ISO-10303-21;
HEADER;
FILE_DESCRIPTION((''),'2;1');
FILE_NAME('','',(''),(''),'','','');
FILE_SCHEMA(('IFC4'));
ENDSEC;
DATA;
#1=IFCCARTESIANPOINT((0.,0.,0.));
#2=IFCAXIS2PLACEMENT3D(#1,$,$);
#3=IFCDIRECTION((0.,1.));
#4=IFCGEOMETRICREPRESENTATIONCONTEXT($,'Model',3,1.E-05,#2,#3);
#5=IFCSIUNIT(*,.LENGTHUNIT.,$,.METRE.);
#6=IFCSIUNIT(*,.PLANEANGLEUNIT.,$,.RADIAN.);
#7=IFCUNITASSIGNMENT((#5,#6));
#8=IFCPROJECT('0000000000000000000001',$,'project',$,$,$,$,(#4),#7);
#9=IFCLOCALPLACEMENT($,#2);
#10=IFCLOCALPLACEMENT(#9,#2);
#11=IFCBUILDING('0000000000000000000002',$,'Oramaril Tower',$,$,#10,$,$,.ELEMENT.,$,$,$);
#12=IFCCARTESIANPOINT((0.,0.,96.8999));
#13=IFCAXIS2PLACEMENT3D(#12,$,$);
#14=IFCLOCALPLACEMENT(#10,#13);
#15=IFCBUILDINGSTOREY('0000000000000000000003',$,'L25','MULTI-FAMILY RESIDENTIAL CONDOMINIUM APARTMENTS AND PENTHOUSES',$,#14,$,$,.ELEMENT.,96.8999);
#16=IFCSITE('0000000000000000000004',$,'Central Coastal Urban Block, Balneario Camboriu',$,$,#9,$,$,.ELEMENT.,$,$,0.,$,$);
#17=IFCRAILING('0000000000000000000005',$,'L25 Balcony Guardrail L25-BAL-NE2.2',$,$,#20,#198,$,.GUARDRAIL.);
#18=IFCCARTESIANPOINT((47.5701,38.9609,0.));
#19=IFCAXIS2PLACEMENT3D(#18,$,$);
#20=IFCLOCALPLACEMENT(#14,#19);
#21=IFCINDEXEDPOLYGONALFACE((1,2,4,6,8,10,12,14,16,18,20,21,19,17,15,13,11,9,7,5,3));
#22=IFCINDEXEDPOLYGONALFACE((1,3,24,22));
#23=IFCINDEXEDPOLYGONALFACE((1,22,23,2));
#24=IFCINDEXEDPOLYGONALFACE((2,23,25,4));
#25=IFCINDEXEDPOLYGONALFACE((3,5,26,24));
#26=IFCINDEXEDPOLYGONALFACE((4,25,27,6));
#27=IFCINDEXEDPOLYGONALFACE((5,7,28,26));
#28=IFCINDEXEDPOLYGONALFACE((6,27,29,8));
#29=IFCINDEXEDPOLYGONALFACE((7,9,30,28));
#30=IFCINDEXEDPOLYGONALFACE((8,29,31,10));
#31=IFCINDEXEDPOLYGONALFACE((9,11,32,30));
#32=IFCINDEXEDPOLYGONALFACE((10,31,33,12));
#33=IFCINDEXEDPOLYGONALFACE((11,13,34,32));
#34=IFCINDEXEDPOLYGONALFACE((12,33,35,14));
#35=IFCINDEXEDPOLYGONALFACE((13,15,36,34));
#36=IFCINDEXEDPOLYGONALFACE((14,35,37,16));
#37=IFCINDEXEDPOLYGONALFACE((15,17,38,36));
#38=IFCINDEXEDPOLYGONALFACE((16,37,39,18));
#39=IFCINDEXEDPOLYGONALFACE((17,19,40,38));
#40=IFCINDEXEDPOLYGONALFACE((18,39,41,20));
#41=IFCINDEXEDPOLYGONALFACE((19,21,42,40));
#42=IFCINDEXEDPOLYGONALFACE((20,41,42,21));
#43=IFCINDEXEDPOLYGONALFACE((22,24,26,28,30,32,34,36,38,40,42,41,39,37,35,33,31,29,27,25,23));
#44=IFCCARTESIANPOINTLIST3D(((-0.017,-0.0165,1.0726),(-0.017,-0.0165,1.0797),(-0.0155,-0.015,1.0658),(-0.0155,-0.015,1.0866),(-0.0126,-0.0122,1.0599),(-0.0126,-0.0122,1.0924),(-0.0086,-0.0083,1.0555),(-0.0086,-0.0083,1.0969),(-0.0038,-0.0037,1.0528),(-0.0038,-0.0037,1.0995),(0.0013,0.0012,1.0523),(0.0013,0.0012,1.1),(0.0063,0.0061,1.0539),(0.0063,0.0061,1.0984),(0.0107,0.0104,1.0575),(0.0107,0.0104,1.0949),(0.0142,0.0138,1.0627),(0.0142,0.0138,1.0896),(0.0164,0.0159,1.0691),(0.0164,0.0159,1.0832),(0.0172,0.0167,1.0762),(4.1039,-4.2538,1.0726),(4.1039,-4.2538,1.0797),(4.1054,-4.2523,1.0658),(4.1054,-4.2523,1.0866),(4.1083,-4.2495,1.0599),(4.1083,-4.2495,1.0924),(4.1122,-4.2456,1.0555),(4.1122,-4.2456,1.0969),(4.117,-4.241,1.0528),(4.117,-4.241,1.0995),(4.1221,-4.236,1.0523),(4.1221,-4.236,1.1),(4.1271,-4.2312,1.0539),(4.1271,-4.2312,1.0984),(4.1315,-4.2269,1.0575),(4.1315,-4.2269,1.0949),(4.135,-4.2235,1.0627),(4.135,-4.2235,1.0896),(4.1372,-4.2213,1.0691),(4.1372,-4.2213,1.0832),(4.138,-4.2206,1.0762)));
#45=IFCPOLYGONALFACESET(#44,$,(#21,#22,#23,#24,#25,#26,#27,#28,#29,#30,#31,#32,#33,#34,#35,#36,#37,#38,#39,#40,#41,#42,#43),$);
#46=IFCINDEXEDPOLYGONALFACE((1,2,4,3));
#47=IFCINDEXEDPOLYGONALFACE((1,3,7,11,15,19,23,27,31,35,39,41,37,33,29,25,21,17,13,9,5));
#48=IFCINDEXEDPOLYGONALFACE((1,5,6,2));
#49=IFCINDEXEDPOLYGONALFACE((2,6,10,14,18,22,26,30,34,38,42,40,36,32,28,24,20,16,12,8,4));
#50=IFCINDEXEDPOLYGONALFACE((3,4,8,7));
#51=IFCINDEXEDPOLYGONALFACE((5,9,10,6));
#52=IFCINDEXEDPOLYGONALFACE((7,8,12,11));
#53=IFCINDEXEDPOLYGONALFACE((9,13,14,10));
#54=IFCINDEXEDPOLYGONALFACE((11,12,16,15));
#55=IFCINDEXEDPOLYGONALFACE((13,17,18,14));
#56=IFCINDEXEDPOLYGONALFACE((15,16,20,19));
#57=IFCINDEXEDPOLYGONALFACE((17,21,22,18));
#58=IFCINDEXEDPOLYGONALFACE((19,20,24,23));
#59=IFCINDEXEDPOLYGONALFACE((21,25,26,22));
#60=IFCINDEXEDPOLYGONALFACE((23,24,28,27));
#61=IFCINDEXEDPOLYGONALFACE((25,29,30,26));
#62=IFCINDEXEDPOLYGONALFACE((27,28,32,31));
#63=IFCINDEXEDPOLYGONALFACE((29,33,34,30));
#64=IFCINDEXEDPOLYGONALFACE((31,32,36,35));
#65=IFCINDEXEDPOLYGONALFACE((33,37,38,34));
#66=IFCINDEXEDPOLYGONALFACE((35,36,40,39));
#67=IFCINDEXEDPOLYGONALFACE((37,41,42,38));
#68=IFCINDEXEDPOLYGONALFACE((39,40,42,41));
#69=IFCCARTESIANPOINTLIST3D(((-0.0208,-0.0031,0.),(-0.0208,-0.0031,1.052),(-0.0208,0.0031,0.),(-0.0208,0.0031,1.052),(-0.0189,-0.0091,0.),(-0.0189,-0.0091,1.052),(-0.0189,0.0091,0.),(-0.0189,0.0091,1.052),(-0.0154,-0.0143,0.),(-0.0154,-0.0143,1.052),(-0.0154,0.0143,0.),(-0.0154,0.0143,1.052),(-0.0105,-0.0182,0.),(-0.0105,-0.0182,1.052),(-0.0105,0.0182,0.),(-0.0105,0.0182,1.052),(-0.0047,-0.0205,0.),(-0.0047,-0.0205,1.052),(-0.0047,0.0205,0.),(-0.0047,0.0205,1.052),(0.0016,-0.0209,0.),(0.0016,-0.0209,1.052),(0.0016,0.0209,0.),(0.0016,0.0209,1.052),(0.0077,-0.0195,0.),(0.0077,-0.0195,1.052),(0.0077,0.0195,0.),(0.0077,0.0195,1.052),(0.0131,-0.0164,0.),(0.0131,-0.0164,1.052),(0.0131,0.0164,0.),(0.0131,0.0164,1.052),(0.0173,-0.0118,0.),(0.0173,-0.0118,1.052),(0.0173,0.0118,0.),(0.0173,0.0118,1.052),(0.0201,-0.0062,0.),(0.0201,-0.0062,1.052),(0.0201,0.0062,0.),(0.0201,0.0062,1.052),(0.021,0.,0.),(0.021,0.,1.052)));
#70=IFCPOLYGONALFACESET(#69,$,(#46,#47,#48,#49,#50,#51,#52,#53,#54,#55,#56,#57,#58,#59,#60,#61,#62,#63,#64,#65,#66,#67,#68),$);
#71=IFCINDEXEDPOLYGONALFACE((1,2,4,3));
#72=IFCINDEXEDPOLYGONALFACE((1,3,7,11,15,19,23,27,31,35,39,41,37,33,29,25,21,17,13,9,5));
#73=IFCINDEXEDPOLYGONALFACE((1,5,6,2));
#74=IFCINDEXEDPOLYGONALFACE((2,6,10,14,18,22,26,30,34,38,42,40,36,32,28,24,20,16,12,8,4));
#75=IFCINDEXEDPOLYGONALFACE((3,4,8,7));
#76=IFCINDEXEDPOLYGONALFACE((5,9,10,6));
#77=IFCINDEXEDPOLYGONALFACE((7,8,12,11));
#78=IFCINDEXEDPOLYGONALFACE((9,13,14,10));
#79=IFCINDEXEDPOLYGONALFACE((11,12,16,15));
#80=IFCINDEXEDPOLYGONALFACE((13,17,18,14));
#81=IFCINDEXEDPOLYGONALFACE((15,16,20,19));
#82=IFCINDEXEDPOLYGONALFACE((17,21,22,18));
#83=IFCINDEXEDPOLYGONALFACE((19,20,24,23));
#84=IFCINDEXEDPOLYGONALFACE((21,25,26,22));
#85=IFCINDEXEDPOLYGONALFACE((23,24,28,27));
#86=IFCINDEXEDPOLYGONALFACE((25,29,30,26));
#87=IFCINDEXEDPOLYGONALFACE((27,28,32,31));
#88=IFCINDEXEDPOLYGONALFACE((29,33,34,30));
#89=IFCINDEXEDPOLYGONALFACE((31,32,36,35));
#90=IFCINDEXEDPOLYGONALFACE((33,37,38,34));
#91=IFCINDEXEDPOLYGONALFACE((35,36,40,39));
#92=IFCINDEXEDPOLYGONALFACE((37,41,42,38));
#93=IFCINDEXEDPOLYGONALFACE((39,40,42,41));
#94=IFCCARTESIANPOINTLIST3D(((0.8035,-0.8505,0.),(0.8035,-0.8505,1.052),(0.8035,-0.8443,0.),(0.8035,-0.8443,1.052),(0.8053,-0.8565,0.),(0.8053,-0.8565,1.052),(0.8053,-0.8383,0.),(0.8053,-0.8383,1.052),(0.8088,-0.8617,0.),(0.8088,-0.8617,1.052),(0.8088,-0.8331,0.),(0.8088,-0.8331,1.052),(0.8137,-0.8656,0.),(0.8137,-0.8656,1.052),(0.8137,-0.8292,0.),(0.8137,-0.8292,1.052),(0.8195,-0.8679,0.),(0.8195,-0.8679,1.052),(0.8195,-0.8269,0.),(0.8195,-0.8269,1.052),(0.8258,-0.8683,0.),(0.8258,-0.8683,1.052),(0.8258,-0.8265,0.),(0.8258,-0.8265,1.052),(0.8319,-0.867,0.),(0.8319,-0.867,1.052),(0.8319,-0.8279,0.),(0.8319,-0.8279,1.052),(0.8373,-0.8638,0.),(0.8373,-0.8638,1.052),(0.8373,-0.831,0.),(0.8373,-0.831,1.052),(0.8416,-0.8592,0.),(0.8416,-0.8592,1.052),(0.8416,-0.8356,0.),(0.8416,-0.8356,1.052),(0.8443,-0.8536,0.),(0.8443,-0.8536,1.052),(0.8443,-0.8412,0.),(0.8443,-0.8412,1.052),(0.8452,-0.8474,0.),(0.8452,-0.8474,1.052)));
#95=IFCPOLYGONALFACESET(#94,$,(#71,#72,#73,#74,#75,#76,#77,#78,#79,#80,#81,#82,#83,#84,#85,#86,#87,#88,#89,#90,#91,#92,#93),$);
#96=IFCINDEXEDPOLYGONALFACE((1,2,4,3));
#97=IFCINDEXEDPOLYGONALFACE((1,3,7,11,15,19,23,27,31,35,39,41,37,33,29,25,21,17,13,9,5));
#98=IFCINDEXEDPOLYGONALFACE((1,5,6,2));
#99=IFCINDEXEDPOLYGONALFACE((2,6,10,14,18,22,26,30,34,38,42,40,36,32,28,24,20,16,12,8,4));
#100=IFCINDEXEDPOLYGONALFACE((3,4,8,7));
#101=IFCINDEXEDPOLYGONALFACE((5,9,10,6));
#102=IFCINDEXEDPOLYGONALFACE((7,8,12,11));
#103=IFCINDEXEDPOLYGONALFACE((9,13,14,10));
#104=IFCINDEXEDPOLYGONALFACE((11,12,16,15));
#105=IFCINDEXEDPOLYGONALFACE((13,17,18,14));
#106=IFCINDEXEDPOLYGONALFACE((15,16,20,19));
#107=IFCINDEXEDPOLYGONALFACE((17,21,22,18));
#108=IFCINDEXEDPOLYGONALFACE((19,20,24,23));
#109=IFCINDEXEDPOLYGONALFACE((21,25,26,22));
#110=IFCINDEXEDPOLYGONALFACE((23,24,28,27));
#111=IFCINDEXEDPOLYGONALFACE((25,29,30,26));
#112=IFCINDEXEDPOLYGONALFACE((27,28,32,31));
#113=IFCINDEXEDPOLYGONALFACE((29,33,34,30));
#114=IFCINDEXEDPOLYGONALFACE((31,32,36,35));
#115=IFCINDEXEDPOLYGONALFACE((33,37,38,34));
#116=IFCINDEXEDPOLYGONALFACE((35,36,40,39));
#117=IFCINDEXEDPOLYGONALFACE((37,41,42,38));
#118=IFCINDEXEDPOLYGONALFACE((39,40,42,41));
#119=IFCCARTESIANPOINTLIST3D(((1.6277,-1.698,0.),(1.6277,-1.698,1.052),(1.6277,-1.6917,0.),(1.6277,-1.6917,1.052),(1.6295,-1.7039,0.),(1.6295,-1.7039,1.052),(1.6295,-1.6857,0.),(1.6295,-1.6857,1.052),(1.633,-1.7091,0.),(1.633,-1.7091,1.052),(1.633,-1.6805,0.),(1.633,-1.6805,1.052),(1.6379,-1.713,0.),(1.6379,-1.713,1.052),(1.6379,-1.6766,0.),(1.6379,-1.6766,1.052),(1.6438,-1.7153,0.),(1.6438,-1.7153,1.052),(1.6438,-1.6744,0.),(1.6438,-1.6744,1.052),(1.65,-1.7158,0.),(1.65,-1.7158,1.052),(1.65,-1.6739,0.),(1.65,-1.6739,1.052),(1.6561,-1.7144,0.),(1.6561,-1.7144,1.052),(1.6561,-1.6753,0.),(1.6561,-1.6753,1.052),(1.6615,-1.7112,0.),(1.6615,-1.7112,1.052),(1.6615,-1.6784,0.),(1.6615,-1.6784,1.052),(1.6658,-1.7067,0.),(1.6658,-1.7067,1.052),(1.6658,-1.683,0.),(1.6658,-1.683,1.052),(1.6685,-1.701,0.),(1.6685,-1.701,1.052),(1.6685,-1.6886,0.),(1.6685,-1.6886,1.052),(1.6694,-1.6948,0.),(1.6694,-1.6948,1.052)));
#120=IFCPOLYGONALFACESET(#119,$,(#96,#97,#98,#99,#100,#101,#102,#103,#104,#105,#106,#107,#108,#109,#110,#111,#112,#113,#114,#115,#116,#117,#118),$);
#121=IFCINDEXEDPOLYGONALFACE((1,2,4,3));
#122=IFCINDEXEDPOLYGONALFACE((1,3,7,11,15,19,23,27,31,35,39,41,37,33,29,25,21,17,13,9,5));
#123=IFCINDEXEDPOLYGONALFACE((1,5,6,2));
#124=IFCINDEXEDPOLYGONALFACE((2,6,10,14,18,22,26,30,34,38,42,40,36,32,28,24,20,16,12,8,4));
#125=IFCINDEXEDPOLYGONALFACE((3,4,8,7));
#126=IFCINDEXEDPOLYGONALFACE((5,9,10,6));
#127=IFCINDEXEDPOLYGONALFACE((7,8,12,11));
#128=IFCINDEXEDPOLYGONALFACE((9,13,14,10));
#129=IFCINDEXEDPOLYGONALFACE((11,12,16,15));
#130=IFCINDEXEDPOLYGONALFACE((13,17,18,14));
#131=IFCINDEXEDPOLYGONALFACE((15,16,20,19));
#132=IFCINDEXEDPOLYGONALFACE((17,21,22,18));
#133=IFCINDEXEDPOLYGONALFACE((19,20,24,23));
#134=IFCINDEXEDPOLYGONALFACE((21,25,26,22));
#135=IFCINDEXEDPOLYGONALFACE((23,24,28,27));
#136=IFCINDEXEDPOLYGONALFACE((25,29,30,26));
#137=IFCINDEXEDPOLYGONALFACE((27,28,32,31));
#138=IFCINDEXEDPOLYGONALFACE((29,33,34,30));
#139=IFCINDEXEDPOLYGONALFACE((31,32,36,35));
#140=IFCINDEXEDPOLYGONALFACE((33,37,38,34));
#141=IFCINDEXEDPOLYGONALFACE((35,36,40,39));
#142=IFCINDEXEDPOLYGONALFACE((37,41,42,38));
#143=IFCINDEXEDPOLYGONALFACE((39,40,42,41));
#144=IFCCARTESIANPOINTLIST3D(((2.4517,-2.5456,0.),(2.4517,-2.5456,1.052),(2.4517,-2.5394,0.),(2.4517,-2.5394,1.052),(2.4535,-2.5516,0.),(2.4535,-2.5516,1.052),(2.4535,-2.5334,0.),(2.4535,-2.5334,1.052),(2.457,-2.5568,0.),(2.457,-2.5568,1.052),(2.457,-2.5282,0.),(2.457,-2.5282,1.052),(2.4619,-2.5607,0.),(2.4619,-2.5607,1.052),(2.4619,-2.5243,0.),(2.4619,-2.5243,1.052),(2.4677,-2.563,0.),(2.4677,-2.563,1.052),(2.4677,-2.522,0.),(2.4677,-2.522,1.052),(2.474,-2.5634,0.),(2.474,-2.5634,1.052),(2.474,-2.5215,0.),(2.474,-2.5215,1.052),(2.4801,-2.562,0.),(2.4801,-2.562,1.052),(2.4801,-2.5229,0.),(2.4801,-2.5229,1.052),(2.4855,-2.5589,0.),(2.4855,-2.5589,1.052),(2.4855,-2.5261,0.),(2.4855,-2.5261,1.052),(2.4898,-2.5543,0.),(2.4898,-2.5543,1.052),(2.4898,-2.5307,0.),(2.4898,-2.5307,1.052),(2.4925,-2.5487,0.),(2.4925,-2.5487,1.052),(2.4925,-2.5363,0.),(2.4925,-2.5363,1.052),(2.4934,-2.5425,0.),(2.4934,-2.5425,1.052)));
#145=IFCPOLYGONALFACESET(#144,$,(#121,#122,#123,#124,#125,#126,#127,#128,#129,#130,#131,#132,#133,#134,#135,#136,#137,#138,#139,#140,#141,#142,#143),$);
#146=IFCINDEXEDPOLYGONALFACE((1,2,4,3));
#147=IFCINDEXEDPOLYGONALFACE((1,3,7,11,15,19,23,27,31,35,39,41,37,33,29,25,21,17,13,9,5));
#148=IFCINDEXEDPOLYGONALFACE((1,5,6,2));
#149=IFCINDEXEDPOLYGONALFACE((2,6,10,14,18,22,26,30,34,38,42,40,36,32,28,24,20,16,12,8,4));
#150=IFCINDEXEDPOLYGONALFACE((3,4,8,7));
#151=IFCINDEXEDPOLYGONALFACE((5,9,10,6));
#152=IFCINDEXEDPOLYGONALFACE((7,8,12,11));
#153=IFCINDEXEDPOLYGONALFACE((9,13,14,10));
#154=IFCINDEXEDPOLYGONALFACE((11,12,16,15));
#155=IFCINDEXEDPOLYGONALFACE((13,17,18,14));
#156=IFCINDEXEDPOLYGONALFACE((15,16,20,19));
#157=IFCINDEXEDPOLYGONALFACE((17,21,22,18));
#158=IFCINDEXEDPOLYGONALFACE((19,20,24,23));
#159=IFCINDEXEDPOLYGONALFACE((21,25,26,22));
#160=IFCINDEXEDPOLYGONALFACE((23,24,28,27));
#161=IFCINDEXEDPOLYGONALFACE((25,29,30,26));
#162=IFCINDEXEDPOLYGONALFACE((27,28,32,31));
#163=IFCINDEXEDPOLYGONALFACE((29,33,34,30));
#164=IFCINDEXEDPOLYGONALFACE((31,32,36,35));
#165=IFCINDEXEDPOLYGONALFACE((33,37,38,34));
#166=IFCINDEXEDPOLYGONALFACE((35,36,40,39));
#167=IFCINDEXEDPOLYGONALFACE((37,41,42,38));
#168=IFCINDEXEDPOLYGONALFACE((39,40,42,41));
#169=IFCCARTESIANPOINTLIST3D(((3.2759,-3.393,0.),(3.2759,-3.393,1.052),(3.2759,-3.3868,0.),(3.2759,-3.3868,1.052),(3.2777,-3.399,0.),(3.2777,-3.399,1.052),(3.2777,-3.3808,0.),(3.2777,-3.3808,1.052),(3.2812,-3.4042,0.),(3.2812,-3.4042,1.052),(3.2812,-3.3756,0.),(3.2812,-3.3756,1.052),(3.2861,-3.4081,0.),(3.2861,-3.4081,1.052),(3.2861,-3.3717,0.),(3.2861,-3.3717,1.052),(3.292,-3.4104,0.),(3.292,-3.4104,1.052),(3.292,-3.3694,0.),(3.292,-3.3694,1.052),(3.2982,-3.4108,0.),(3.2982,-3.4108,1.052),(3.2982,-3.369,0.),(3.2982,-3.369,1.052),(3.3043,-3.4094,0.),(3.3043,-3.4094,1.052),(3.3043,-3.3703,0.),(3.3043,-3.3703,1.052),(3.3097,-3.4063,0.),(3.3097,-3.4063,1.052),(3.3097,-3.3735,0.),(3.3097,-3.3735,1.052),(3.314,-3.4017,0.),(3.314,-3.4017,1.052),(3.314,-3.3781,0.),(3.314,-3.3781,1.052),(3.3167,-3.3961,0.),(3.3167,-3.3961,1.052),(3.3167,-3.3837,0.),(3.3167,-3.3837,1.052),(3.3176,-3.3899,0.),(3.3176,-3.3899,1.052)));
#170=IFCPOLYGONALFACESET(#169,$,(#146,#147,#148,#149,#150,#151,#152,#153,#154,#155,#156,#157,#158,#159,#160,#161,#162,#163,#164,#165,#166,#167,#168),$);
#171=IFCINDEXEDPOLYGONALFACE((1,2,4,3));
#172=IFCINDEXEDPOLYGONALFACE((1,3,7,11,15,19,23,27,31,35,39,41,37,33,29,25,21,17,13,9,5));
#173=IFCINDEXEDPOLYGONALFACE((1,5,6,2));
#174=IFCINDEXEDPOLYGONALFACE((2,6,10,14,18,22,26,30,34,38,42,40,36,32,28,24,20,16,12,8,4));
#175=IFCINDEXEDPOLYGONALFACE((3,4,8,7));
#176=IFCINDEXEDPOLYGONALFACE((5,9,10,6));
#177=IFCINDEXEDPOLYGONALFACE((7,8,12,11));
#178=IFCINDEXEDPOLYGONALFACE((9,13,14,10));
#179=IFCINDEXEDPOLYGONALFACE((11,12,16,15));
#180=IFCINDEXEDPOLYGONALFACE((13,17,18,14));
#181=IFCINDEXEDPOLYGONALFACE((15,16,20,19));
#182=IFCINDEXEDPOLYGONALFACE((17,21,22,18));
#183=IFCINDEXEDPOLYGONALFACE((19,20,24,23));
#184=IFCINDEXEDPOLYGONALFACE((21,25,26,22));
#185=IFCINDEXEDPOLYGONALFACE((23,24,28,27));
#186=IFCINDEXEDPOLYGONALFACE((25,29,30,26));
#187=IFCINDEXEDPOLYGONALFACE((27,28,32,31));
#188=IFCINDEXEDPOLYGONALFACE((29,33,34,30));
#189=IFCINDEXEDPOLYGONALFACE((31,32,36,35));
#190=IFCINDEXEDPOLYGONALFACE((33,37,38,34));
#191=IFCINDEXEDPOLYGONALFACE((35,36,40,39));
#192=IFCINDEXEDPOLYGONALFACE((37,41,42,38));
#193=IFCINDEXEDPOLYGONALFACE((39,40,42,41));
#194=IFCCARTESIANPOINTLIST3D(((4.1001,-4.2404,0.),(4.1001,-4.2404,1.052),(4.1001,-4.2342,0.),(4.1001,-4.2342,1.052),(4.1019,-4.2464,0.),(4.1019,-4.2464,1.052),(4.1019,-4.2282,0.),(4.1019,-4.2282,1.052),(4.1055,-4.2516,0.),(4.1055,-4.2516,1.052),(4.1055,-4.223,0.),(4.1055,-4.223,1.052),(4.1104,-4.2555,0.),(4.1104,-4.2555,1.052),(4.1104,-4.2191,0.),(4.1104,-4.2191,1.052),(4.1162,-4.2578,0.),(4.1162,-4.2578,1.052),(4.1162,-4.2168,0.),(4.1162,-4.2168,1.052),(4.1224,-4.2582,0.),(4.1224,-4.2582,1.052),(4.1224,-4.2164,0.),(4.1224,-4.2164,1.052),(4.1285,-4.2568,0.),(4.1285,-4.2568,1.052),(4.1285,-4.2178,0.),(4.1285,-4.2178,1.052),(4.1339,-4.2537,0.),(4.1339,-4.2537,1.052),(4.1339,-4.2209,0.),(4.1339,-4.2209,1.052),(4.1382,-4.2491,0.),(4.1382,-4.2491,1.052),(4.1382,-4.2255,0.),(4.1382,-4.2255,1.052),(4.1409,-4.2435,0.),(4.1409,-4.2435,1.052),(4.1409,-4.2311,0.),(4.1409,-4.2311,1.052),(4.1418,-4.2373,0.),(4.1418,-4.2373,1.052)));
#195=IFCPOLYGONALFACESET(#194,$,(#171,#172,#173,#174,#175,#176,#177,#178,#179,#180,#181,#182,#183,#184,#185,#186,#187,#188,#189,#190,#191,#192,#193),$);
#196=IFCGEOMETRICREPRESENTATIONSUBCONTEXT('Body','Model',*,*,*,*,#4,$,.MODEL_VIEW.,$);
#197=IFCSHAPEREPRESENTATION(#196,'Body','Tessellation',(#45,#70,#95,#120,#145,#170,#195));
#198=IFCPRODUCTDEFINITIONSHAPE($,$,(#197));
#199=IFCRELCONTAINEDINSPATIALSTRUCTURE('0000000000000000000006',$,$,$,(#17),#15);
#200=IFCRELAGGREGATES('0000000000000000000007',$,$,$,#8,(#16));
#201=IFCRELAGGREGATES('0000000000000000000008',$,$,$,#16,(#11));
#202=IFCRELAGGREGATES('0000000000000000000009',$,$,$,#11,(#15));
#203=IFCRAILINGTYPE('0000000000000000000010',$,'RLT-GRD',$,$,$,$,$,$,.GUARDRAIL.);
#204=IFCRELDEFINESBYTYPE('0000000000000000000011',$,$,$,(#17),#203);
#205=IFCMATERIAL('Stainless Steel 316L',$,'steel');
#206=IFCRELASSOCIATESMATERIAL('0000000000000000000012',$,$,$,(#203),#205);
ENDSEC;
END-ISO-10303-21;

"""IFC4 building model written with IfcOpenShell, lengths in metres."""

from ifc_helpers import new_model, si_unit, direction, frame, origin, origin_2d, place, context, subcontext, project, spatial, circle, extrude, material, type_object, element, save


model = new_model("IFC4")

# Units and contexts
model_context = context("Model", 3, precision=1e-05, world=origin(), true_north=direction((0.0, 1.0)))
body_context = subcontext(model_context, "Body", "Model", "MODEL_VIEW")
ifc_project = project(units=[si_unit("LENGTHUNIT", "METRE"), si_unit("PLANEANGLEUNIT", "RADIAN")], contexts=[model_context])

# Site, building, storey
site_placement = place(None, origin())
site = spatial("IfcSite", under=ifc_project, at=site_placement, Name="Central Coastal Urban Block, Balneario Camboriu", CompositionType="ELEMENT", RefElevation=0.0)
building_placement = place(site_placement, origin())
building = spatial("IfcBuilding", under=site, at=building_placement, Name="Oramaril Tower", CompositionType="ELEMENT")
storey_placement = place(building_placement, frame((0.0, 0.0, 96.8999)))
storey = spatial("IfcBuildingStorey", under=building, at=storey_placement, Name="L25", Description="MULTI-FAMILY RESIDENTIAL CONDOMINIUM APARTMENTS AND PENTHOUSES", CompositionType="ELEMENT", Elevation=96.8999)

# Railing
ifc_material_1 = material(Name="Stainless Steel 316L", Category="steel")
railing_type = type_object("IfcRailingType", Name="RLT-GRD", PredefinedType="GUARDRAIL", material=ifc_material_1)
railing_1_placement = place(storey_placement, frame((47.5701, 38.9609, 0.0)))
element("IfcRailing", 1, at=railing_1_placement, inside=storey, type_object=railing_type, Name="L25 Balcony Guardrail L25-BAL-NE2.2", PredefinedType="GUARDRAIL", context=body_context, shape_type="SweptSolid", body=[
    extrude(circle(Radius=0.0239, at=origin_2d()), frame((0.0, 0.0, 1.0762), z_axis=(0.697187, -0.716889, 0.0), x_axis=(0.716889, 0.697187, 0.0)), (0.0, 0.0, 1.0), 5.9106),
    extrude(circle(Radius=0.021, at=origin_2d()), origin(), (0.0, 0.0, 1.0), 1.052),
    extrude(circle(Radius=0.021, at=origin_2d()), frame((0.8242, -0.8474, 0.0)), (0.0, 0.0, 1.0), 1.052),
    extrude(circle(Radius=0.021, at=origin_2d()), frame((1.6484, -1.6948, 0.0)), (0.0, 0.0, 1.0), 1.052),
    extrude(circle(Radius=0.021, at=origin_2d()), frame((2.4724, -2.5425, 0.0)), (0.0, 0.0, 1.0), 1.052),
    extrude(circle(Radius=0.021, at=origin_2d()), frame((3.2966, -3.3899, 0.0)), (0.0, 0.0, 1.0), 1.052),
    extrude(circle(Radius=0.021, at=origin_2d()), frame((4.1208, -4.2373, 0.0)), (0.0, 0.0, 1.0), 1.052),
])

save(model, "model.ifc")
